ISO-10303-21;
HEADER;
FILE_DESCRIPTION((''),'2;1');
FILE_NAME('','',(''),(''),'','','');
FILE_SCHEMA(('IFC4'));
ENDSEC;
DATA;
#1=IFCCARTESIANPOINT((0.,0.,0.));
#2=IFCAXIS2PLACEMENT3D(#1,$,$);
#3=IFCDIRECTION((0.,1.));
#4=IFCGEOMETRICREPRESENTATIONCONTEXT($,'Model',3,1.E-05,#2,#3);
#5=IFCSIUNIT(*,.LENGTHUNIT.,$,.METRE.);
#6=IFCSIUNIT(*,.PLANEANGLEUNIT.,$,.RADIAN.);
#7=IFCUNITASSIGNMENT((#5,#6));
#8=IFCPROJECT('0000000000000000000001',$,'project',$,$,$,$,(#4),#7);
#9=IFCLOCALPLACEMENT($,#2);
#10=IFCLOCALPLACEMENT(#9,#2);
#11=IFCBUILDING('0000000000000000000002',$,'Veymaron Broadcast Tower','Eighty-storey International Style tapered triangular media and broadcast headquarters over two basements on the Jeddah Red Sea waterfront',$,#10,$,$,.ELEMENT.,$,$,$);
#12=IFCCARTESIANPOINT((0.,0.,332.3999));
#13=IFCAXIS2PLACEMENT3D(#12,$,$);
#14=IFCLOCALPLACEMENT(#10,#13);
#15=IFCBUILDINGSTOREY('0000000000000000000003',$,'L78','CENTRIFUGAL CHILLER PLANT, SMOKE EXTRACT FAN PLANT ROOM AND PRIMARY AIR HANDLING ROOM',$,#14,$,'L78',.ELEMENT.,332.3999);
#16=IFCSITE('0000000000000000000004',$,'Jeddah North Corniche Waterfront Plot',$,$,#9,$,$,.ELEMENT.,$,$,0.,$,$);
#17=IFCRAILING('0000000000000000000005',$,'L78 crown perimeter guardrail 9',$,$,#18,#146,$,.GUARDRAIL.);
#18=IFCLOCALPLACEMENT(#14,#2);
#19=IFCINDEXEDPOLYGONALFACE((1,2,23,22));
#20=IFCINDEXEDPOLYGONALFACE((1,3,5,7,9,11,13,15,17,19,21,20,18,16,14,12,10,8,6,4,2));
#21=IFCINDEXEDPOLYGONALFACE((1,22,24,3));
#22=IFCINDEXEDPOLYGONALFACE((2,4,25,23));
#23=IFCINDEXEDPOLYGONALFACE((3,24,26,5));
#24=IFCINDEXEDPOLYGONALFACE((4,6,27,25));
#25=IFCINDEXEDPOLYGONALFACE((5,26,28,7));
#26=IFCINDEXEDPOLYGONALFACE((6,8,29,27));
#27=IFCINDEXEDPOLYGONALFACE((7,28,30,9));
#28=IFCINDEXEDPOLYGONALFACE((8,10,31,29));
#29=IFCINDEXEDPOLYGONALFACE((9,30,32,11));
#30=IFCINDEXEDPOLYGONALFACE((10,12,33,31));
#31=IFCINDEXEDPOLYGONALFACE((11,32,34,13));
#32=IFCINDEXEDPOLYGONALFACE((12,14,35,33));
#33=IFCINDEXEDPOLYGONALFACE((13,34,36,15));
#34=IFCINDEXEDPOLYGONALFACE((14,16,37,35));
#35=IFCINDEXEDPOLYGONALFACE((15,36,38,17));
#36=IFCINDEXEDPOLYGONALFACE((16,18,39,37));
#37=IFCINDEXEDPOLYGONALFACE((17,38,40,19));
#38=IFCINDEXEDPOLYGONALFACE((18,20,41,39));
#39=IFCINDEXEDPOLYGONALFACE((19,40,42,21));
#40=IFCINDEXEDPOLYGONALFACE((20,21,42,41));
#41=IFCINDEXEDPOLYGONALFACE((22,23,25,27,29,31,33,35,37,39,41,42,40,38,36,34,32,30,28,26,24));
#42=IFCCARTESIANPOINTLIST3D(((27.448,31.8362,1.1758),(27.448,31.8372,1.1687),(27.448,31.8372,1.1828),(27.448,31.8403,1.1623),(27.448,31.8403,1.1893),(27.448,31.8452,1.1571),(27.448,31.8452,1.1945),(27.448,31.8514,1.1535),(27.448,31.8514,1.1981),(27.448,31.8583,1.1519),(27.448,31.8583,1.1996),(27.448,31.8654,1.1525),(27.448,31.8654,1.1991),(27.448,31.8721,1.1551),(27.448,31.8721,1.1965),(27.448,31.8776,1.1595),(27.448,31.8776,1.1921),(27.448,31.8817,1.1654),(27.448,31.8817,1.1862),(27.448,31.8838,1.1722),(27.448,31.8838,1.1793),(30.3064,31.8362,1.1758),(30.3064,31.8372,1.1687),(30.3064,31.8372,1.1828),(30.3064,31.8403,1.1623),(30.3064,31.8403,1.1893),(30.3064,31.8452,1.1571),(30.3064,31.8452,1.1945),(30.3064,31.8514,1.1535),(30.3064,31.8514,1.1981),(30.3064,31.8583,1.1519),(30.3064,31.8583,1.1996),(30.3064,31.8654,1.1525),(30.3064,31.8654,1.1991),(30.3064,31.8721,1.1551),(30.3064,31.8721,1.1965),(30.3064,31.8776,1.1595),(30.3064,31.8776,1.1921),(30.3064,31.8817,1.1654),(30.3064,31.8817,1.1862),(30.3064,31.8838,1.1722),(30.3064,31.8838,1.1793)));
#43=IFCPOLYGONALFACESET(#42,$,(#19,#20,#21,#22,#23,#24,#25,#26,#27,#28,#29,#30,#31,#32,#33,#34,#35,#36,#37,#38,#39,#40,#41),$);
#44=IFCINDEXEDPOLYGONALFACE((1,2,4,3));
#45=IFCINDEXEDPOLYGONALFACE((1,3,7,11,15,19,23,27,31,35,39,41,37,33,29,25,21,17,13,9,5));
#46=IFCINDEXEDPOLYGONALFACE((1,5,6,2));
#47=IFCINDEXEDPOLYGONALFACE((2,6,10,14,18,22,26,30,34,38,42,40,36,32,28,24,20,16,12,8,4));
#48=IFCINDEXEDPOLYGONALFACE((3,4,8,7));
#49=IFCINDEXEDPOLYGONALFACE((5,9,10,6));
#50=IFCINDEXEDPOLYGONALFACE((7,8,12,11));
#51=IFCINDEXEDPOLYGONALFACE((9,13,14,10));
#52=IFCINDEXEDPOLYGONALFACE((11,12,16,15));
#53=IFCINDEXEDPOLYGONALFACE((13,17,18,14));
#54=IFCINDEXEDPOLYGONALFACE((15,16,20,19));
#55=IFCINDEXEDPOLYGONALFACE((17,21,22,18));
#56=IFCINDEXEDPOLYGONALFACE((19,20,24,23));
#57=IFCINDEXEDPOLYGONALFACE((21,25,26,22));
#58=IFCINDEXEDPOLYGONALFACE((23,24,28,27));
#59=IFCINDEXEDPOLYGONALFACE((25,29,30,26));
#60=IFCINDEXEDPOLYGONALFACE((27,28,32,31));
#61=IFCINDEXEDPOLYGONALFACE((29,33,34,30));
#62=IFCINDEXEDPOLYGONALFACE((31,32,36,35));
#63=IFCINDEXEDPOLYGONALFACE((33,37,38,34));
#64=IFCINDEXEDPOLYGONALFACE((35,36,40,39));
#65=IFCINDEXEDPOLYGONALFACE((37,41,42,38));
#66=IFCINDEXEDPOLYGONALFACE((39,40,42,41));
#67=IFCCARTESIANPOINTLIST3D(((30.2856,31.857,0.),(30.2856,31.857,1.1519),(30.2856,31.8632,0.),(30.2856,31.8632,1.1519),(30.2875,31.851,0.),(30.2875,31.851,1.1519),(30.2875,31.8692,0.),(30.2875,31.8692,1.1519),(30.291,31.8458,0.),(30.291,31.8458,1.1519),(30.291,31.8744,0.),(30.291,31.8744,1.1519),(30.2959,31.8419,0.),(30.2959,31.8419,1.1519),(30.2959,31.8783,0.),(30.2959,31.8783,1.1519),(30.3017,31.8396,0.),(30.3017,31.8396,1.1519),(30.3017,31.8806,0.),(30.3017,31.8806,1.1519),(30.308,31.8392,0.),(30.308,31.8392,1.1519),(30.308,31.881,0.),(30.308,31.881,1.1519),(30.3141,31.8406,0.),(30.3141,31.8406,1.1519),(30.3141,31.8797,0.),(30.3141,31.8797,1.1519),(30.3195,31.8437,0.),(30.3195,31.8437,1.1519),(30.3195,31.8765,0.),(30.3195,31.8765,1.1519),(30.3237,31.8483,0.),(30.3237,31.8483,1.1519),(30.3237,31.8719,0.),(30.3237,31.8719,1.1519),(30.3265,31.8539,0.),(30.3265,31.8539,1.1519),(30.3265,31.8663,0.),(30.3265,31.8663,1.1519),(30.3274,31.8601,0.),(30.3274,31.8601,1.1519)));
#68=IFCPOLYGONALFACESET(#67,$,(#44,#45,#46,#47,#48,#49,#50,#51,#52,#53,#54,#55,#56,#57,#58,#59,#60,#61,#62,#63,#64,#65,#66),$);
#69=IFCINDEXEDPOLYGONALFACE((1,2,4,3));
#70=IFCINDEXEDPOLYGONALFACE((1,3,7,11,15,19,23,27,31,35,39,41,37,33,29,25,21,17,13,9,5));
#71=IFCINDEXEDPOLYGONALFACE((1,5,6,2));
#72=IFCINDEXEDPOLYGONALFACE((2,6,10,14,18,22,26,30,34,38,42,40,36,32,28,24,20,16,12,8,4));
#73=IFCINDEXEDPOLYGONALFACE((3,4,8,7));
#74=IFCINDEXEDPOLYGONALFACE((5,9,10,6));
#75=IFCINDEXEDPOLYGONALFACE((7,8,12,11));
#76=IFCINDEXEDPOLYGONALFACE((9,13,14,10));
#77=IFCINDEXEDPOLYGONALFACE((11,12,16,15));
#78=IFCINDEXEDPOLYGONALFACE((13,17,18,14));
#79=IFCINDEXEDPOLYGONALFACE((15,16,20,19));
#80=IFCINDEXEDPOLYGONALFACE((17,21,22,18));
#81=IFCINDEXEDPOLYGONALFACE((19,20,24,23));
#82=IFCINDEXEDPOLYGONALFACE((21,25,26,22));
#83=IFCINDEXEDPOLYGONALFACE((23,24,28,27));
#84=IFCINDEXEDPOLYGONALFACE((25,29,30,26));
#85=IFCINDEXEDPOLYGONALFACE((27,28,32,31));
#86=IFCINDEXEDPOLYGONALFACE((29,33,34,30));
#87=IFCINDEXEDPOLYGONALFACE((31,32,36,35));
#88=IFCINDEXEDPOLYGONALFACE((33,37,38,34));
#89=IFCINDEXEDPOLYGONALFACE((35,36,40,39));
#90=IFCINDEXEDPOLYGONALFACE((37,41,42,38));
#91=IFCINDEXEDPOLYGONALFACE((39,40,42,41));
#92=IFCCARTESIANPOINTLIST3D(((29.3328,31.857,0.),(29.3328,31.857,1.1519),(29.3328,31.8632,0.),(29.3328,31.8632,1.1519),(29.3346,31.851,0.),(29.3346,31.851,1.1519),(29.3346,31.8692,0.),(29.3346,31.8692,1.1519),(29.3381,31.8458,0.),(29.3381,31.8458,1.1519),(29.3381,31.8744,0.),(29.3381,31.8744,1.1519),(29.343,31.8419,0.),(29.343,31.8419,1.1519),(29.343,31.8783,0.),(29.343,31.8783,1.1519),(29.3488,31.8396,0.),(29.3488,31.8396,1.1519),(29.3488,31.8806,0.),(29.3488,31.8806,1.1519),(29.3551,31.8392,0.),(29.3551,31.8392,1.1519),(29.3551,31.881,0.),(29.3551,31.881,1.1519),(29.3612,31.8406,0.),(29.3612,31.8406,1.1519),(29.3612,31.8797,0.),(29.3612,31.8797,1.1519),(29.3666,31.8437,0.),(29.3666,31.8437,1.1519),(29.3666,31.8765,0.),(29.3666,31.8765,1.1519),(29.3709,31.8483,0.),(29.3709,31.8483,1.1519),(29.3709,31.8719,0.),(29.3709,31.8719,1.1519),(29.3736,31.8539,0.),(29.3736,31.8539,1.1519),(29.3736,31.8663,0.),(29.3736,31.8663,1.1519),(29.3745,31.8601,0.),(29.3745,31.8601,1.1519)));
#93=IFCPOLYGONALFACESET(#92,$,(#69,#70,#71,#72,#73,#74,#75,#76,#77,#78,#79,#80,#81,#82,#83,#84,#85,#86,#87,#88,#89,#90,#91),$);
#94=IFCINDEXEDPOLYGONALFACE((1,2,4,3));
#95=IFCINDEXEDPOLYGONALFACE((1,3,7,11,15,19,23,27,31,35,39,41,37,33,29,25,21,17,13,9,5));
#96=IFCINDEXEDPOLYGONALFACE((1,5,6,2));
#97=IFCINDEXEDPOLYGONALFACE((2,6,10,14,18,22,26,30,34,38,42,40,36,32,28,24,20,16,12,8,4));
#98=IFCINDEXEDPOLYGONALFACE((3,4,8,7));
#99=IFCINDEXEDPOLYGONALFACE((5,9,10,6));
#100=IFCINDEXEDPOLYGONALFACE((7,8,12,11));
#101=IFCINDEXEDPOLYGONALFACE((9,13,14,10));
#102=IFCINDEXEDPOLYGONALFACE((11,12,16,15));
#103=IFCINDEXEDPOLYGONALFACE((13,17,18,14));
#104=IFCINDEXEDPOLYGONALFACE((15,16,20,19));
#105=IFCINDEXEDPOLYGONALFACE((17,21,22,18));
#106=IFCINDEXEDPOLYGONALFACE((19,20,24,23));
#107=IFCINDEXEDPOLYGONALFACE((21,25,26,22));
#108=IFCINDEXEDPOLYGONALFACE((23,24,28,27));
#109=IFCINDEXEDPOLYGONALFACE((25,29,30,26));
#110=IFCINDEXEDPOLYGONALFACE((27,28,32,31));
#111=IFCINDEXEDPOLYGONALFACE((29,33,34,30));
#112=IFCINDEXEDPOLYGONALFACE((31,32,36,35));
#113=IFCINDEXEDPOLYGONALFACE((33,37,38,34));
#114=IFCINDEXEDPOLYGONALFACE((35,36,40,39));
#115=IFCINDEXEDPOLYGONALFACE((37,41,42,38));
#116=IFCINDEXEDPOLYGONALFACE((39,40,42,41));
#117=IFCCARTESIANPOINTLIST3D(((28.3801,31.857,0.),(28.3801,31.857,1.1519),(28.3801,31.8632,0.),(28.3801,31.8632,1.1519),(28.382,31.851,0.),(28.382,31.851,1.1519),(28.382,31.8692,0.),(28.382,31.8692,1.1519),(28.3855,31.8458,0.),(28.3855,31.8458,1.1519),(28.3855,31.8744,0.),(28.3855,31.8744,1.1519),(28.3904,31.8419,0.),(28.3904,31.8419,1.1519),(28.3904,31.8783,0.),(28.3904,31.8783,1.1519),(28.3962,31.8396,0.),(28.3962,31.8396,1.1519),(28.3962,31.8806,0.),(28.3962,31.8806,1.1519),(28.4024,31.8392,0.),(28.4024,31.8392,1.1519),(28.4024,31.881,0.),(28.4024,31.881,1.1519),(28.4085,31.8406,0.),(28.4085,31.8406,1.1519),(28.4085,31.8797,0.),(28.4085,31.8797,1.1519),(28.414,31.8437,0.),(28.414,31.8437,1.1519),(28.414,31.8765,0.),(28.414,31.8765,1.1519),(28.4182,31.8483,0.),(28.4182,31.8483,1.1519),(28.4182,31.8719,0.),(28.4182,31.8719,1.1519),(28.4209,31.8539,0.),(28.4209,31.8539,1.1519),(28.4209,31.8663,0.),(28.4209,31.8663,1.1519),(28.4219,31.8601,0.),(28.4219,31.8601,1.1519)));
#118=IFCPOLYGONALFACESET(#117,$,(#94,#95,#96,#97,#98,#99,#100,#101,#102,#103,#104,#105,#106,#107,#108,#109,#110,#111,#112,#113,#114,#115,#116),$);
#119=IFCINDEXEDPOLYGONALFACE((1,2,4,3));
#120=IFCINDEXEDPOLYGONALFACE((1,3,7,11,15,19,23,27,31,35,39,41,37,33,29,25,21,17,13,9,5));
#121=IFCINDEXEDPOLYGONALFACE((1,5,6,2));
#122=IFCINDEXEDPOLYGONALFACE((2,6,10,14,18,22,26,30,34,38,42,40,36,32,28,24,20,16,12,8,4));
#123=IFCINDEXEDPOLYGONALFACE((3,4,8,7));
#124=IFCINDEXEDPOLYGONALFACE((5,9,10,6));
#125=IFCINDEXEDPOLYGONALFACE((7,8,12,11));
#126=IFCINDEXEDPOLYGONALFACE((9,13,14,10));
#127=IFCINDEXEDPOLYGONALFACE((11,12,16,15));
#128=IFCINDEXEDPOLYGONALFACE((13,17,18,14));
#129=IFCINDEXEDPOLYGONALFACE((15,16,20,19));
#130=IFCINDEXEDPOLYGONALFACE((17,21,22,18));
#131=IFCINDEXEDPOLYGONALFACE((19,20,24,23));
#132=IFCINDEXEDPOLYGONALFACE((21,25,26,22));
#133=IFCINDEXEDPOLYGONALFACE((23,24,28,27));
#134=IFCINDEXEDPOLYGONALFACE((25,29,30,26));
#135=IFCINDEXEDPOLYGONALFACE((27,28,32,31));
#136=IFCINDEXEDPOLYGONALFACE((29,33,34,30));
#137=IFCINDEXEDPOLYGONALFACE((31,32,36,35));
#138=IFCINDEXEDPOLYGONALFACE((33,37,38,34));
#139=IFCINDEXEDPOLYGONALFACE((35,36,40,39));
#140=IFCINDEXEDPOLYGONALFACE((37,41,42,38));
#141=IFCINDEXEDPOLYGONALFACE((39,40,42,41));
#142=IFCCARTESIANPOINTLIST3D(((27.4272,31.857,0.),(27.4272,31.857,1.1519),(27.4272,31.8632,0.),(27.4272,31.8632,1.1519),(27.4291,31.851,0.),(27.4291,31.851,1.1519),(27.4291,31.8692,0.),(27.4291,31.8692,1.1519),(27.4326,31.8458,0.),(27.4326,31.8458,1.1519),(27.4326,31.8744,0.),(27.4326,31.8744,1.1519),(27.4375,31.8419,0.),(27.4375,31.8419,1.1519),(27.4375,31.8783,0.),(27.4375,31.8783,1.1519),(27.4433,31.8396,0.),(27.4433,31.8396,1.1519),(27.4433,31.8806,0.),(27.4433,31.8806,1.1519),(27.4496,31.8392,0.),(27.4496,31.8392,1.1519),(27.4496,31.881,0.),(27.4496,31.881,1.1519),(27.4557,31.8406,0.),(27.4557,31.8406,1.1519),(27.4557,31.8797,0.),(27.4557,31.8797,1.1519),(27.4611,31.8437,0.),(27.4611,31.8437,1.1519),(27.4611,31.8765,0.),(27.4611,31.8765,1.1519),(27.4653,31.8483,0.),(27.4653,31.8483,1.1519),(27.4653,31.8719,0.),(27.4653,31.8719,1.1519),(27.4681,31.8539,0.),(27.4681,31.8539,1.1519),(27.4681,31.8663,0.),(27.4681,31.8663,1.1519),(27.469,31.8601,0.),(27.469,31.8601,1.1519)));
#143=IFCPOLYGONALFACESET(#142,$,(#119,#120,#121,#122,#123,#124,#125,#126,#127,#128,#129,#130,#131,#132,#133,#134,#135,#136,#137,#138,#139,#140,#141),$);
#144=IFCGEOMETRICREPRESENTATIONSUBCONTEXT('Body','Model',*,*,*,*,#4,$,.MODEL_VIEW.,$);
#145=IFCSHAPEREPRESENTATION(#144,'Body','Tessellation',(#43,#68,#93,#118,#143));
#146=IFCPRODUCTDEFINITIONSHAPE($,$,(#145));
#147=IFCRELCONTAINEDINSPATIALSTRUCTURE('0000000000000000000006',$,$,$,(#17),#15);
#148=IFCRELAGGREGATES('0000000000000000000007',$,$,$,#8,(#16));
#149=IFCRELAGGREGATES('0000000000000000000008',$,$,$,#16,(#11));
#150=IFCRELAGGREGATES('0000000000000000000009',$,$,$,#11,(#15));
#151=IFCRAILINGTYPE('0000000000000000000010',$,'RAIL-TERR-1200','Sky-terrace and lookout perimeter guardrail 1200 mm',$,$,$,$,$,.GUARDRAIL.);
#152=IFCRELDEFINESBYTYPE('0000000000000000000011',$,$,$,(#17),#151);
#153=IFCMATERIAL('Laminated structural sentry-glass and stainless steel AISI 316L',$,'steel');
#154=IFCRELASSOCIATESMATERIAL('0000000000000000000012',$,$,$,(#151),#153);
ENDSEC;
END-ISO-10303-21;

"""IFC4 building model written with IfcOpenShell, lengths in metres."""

from ifc_helpers import new_model, si_unit, direction, frame, origin, origin_2d, place, context, subcontext, project, spatial, circle, extrude, material, type_object, element, save


model = new_model("IFC4")

# Units and contexts
model_context = context("Model", 3, precision=1e-05, world=origin(), true_north=direction((0.0, 1.0)))
body_context = subcontext(model_context, "Body", "Model", "MODEL_VIEW")
ifc_project = project(units=[si_unit("LENGTHUNIT", "METRE"), si_unit("PLANEANGLEUNIT", "RADIAN")], contexts=[model_context])

# Site, building, storey
site_placement = place(None, origin())
site = spatial("IfcSite", under=ifc_project, at=site_placement, Name="Jeddah North Corniche Waterfront Plot", CompositionType="ELEMENT", RefElevation=0.0)
building_placement = place(site_placement, origin())
building = spatial("IfcBuilding", under=site, at=building_placement, Name="Veymaron Broadcast Tower", Description="Eighty-storey International Style tapered triangular media and broadcast headquarters over two basements on the Jeddah Red Sea waterfront", CompositionType="ELEMENT")
storey_placement = place(building_placement, frame((0.0, 0.0, 332.3999)))
storey = spatial("IfcBuildingStorey", under=building, at=storey_placement, Name="L78", Description="CENTRIFUGAL CHILLER PLANT, SMOKE EXTRACT FAN PLANT ROOM AND PRIMARY AIR HANDLING ROOM", LongName="L78", CompositionType="ELEMENT", Elevation=332.3999)

# Railing
ifc_material_1 = material(Name="Laminated structural sentry-glass and stainless steel AISI 316L", Category="steel")
railing_type = type_object("IfcRailingType", Name="RAIL-TERR-1200", Description="Sky-terrace and lookout perimeter guardrail 1200 mm", PredefinedType="GUARDRAIL", material=ifc_material_1)
railing_1_placement = place(storey_placement, frame((30.3064, 31.8601, 0.0)))
element("IfcRailing", 1, at=railing_1_placement, inside=storey, type_object=railing_type, Name="L78 crown perimeter guardrail 9", PredefinedType="GUARDRAIL", context=body_context, shape_type="SweptSolid", body=[
    extrude(circle(Radius=0.0239, at=origin_2d()), frame((0.0, 0.0, 1.1758), z_axis=(-1.0, 0.0, 0.0), x_axis=(0.0, -1.0, 0.0)), (0.0, 0.0, 1.0), 2.8584),
    extrude(circle(Radius=0.021, at=origin_2d()), origin(), (0.0, 0.0, 1.0), 1.1519),
    extrude(circle(Radius=0.021, at=origin_2d()), frame((-0.9529, 0.0, 0.0)), (0.0, 0.0, 1.0), 1.1519),
    extrude(circle(Radius=0.021, at=origin_2d()), frame((-1.9055, 0.0, 0.0)), (0.0, 0.0, 1.0), 1.1519),
    extrude(circle(Radius=0.021, at=origin_2d()), frame((-2.8584, 0.0, 0.0)), (0.0, 0.0, 1.0), 1.1519),
])

save(model, "model.ifc")
